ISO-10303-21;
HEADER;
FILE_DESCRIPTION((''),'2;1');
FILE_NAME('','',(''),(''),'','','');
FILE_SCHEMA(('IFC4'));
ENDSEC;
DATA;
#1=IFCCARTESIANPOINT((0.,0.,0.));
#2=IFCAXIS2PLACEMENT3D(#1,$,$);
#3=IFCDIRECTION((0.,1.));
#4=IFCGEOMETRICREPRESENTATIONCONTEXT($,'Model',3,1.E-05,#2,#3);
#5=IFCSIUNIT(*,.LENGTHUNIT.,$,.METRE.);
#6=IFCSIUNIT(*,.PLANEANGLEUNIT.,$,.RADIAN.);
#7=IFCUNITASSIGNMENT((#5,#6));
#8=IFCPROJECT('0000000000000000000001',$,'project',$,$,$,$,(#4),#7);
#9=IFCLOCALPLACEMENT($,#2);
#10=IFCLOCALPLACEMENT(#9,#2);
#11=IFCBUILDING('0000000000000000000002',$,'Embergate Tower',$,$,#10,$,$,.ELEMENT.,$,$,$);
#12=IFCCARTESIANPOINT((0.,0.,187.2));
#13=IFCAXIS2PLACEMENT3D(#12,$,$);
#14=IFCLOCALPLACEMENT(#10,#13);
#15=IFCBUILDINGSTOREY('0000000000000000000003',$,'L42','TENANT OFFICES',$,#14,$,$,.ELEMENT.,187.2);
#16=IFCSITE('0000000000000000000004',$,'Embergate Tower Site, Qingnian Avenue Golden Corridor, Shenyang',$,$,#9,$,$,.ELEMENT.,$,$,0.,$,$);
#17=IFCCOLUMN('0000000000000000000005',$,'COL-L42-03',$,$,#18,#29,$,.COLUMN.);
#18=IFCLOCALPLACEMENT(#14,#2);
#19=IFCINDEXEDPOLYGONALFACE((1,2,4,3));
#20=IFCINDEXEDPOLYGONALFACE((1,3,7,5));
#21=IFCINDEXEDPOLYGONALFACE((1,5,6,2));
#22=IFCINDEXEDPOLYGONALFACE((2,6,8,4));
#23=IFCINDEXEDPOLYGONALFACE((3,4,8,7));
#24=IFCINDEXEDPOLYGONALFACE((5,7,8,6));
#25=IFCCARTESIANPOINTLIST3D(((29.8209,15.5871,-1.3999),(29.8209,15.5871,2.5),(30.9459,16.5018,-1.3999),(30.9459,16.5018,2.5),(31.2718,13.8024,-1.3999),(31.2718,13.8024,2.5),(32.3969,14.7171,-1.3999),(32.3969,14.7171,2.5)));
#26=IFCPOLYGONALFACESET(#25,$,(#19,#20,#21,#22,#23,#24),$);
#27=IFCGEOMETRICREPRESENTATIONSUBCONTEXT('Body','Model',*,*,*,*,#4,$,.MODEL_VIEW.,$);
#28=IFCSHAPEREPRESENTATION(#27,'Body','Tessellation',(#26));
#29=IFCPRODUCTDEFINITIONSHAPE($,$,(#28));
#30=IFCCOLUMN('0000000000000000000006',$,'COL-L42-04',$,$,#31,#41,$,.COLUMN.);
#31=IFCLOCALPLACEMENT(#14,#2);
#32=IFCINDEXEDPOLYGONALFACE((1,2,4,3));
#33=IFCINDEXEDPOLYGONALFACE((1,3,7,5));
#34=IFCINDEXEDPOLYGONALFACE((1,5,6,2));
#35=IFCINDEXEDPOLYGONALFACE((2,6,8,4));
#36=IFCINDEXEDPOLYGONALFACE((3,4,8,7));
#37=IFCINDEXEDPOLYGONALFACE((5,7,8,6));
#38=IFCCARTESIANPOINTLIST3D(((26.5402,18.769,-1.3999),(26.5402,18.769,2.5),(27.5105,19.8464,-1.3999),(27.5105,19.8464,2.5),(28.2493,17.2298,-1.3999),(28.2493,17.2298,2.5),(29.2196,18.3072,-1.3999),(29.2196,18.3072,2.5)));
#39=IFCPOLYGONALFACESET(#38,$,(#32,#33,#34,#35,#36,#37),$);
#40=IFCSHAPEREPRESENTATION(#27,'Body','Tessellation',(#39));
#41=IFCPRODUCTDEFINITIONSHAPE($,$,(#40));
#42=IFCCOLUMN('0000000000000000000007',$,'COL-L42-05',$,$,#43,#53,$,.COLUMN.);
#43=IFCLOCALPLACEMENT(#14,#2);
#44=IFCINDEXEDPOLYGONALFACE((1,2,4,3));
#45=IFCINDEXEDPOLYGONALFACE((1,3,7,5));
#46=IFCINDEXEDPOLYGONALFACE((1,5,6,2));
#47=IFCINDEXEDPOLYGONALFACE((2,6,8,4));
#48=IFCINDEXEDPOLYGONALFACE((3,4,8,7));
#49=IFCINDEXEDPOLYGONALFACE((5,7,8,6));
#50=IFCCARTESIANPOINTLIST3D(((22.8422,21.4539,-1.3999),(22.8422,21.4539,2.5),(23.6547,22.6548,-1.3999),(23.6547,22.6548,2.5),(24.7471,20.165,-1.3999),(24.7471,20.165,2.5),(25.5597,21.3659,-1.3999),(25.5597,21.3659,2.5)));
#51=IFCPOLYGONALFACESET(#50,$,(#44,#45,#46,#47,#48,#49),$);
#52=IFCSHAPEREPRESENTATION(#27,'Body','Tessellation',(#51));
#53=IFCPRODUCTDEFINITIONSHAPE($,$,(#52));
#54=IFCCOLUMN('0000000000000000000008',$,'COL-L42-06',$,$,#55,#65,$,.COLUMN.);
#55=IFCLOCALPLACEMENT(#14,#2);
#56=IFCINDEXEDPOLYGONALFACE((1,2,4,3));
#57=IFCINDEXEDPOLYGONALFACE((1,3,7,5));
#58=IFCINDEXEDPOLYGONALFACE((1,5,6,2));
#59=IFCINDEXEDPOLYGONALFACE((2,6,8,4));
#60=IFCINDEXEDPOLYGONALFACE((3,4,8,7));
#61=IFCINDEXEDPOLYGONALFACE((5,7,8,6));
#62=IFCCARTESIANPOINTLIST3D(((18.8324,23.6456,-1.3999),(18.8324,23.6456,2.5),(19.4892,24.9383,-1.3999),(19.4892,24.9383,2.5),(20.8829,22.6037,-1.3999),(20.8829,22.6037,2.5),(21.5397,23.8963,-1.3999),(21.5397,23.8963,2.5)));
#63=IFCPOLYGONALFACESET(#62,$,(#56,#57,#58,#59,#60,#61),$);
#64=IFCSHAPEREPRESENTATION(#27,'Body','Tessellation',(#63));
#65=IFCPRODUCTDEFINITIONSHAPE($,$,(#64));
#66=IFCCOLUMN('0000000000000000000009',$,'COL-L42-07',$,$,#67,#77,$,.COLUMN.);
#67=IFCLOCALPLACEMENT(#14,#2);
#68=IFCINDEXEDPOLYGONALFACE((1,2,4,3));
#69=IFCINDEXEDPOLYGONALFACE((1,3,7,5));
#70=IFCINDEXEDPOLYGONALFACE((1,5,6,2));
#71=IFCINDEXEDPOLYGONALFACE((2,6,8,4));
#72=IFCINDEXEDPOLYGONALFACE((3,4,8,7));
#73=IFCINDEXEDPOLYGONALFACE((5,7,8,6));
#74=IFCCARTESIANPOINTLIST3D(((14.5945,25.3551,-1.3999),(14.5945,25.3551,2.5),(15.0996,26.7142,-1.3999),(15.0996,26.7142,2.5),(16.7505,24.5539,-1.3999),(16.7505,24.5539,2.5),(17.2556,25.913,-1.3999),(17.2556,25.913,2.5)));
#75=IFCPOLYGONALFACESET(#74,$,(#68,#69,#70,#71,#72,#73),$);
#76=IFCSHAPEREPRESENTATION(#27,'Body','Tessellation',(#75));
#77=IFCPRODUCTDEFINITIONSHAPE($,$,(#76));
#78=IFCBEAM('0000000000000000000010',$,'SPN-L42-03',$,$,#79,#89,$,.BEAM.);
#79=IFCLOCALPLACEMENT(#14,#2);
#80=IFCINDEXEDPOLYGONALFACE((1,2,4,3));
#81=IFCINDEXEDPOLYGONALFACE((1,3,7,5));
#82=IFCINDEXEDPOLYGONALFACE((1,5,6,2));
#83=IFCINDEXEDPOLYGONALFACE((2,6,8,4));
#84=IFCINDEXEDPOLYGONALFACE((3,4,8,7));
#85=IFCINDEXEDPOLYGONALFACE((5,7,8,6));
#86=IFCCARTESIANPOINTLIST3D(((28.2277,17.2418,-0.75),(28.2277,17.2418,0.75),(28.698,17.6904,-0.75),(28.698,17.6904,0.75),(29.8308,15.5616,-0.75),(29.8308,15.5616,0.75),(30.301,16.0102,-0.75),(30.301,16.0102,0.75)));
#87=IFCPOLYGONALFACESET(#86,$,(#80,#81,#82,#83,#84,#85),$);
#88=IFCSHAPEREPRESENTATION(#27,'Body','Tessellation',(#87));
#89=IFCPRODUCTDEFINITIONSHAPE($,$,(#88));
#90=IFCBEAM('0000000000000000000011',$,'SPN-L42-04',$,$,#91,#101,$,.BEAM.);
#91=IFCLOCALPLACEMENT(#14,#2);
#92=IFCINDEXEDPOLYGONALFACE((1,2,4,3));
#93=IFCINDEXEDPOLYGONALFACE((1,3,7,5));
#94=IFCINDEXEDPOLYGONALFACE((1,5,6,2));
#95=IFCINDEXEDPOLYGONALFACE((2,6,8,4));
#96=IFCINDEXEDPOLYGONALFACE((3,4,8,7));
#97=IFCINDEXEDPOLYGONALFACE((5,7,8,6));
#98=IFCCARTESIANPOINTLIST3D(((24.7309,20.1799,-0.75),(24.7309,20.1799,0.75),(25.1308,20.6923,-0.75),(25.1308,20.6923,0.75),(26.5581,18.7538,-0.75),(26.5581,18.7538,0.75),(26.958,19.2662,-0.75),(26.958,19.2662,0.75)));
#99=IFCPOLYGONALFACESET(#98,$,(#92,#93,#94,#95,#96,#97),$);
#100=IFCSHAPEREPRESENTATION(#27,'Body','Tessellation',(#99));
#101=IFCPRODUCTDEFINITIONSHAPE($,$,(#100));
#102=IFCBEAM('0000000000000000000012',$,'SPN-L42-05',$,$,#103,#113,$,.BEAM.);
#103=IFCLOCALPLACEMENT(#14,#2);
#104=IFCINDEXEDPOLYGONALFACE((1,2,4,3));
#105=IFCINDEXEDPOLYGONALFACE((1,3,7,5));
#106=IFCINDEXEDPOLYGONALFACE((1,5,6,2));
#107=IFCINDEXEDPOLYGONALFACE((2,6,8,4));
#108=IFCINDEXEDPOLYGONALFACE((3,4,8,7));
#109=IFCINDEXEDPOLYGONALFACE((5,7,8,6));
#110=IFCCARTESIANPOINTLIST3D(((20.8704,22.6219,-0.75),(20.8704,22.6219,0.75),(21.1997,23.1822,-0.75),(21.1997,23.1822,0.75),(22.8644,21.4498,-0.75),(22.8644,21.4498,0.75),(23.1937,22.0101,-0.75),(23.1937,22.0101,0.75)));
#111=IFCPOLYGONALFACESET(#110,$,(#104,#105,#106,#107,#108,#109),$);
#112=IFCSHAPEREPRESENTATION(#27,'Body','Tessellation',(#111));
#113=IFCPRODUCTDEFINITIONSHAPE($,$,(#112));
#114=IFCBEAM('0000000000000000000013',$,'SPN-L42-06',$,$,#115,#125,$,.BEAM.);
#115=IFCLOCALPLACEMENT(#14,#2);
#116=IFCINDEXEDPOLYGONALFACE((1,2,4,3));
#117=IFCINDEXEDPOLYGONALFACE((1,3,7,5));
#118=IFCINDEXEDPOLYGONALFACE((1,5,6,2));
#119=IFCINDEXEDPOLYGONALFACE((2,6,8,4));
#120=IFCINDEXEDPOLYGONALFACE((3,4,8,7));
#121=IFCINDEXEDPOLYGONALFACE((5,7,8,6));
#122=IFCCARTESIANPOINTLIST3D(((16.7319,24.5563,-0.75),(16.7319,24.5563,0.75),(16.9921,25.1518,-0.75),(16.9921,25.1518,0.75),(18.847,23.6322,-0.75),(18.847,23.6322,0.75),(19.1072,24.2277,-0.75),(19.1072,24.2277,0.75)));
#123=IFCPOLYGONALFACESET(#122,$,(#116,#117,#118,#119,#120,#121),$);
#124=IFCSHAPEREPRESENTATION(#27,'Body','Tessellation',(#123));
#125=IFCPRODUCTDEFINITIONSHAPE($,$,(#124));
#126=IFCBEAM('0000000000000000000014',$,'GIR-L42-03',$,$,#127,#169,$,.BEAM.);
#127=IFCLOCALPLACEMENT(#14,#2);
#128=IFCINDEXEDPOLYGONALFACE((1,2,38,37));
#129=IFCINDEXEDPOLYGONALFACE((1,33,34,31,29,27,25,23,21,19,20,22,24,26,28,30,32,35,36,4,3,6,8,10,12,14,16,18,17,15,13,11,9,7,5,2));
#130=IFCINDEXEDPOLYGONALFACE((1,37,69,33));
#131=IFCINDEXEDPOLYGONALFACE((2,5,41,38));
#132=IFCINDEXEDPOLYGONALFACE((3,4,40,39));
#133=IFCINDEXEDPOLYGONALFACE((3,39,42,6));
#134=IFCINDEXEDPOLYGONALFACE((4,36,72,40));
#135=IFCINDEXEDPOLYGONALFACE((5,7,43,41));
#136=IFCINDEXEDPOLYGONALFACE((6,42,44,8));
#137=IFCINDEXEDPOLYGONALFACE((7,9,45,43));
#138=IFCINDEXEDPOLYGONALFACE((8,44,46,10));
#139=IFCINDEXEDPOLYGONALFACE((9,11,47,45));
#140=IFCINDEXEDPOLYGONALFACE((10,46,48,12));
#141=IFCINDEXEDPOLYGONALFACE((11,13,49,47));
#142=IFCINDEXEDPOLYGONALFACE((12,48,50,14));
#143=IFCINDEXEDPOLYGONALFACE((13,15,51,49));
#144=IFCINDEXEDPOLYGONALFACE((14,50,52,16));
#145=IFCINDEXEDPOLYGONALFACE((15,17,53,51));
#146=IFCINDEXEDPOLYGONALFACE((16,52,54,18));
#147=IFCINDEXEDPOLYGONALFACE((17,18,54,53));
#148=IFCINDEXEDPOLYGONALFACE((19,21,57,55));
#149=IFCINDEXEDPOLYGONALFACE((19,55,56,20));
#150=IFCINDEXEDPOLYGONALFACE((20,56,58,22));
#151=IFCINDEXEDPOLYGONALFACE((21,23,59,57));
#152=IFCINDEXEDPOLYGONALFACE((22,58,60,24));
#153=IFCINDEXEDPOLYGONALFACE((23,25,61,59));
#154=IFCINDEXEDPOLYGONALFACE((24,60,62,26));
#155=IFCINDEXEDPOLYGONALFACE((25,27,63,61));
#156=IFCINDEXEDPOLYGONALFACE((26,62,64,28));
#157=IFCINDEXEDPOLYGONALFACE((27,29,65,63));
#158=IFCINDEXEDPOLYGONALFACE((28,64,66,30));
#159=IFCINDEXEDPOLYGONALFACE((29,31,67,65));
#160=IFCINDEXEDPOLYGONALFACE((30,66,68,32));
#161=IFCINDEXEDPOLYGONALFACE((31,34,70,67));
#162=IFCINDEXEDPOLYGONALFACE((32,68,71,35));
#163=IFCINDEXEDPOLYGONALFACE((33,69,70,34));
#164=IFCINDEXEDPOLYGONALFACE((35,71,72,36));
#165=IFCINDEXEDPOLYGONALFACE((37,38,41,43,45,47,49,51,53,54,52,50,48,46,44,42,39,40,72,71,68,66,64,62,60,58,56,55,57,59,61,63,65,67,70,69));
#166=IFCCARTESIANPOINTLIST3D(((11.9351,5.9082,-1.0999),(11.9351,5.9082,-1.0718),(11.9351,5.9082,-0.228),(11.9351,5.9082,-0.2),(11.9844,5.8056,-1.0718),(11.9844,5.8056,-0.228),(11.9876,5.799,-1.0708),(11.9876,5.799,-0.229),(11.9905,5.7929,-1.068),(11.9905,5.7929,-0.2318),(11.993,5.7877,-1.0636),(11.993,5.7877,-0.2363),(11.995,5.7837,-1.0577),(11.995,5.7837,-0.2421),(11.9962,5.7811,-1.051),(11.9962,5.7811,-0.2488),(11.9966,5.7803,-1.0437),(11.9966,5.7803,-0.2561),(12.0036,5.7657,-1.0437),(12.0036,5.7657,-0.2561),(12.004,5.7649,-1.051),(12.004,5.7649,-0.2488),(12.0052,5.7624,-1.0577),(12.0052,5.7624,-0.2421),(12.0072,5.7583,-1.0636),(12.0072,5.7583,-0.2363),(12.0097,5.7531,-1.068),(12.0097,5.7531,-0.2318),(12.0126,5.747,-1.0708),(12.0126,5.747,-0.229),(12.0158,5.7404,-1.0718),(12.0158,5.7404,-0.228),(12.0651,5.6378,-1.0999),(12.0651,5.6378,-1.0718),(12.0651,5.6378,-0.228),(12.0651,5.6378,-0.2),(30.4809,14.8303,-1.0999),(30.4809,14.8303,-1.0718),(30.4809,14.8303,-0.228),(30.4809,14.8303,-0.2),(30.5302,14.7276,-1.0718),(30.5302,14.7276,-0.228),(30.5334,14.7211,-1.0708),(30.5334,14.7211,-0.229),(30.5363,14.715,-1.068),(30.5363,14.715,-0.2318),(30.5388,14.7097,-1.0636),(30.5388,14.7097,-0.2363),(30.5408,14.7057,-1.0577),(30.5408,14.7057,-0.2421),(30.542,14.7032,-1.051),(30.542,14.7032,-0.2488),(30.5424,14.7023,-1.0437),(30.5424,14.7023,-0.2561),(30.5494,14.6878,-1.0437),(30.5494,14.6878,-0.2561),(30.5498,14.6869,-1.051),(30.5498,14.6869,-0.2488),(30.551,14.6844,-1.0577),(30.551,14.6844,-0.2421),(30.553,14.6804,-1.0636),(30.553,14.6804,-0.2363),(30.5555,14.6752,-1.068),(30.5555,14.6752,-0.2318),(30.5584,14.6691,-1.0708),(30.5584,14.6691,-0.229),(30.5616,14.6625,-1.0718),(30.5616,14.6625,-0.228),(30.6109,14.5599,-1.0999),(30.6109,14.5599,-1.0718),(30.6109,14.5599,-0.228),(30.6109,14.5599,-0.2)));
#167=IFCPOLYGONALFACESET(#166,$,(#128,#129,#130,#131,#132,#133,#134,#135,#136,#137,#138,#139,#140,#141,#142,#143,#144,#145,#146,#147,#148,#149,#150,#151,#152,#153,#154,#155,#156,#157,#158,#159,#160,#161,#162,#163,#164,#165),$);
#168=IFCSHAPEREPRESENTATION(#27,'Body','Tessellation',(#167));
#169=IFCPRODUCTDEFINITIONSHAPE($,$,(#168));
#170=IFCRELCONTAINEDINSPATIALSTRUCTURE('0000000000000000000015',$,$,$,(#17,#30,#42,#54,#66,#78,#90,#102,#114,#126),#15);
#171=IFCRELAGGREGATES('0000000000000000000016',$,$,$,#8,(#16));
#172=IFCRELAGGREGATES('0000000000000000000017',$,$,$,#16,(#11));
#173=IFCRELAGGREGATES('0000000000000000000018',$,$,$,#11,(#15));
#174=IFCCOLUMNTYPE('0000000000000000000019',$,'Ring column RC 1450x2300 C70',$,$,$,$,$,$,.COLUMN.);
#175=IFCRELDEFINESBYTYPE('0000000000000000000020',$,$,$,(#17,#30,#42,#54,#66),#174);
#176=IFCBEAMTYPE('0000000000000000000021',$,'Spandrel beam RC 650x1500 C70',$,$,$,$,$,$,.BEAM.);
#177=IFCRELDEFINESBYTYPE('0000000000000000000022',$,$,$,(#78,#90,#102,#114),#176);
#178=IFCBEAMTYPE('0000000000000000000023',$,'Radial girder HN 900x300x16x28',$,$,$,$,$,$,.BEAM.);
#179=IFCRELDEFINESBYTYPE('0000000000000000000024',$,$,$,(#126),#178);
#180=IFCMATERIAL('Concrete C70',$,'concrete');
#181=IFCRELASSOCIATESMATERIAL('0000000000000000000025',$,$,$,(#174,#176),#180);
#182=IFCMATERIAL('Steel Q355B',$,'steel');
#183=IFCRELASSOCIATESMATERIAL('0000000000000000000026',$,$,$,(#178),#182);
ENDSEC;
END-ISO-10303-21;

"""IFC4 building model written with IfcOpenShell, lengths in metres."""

from ifc_helpers import new_model, si_unit, direction, frame, origin, origin_2d, place, context, subcontext, project, spatial, rectangle, i_section, extrude, source, transform, mapped, material, material_profile, profile_set, type_object, element, save


model = new_model("IFC4")

# Units and contexts
model_context = context("Model", 3, precision=1e-05, world=origin(), true_north=direction((0.0, 1.0)))
body_context = subcontext(model_context, "Body", "Model", "MODEL_VIEW")
ifc_project = project(units=[si_unit("LENGTHUNIT", "METRE"), si_unit("PLANEANGLEUNIT", "RADIAN")], contexts=[model_context])

# Site, building, storey
site_placement = place(None, origin())
site = spatial("IfcSite", under=ifc_project, at=site_placement, Name="Embergate Tower Site, Qingnian Avenue Golden Corridor, Shenyang", CompositionType="ELEMENT", RefElevation=0.0)
building_placement = place(site_placement, origin())
building = spatial("IfcBuilding", under=site, at=building_placement, Name="Embergate Tower", CompositionType="ELEMENT")
storey_placement = place(building_placement, frame((0.0, 0.0, 187.2)))
storey = spatial("IfcBuildingStorey", under=building, at=storey_placement, Name="L42", Description="TENANT OFFICES", CompositionType="ELEMENT", Elevation=187.2)

# Columns
ifc_material_1 = material(Name="Concrete C70", Category="concrete")
ifc_material_profile_1 = material_profile(ifc_material_1, rectangle(XDim=1.45, YDim=2.3, at=origin_2d()), Name="RC 1450x2300")
ifc_profile_set_1 = profile_set([ifc_material_profile_1], Name="Concrete C70")
column_type = type_object("IfcColumnType", Name="Ring column RC 1450x2300 C70", PredefinedType="COLUMN", material=ifc_profile_set_1)
shared_shape_1 = source(origin(), body_context, "Body", "SweptSolid", [
    extrude(rectangle(XDim=1.45, YDim=2.3, at=origin_2d()), origin(), (0.0, 0.0, 1.0), 3.8999),
])
for number, where, z_axis, x_axis, name in (
    (1, (31.1089, 15.1521, -1.3999), (0.0, 0.0, 1.0), (0.775925, 0.630825, 0.0), "COL-L42-03"),
    (2, (27.8799, 18.5381, -1.3999), (0.0, 0.0, 1.0), (0.669208, 0.743075, 0.0), "COL-L42-04"),
    (3, (24.2009, 21.4099, -1.3999), (0.0, 0.0, 1.0), (0.560393, 0.828227, 0.0), "COL-L42-05"),
    (4, (20.186, 23.771, -1.3999), (0.0, 0.0, 1.0), (0.453011, 0.891505, 0.0), "COL-L42-06"),
    (5, (15.925, 25.634, -1.3999), (0.0, 0.0, 1.0), (0.348343, 0.937367, 0.0), "COL-L42-07"),
):
    element("IfcColumn", number, at=place(storey_placement, frame(where, z_axis=z_axis, x_axis=x_axis)), inside=storey, type_object=column_type, Name=name, PredefinedType="COLUMN", context=body_context, shape_type="MappedRepresentation", body=[
        mapped(shared_shape_1, transform((0.0, 0.0, 0.0))),
    ])

# Beams
ifc_material_profile_2 = material_profile(ifc_material_1, rectangle(XDim=0.6499, YDim=1.5, at=origin_2d()), Name="RC 650x1500")
ifc_profile_set_2 = profile_set([ifc_material_profile_2], Name="Concrete C70")
beam_type_1 = type_object("IfcBeamType", Name="Spandrel beam RC 650x1500 C70", PredefinedType="BEAM", material=ifc_profile_set_2)
shared_shape_2 = source(origin(), body_context, "Body", "SweptSolid", [
    extrude(rectangle(XDim=0.6499, YDim=1.5, at=origin_2d()), origin(), (0.0, 0.0, 1.0), 2.3223),
])
beam_1_placement = place(storey_placement, frame((30.0659, 15.7859, 0.0), z_axis=(-0.690301, 0.723523, 0.0), x_axis=(-0.723523, -0.690301, 0.0)))
element("IfcBeam", 6, at=beam_1_placement, inside=storey, type_object=beam_type_1, Name="SPN-L42-03", PredefinedType="BEAM", context=body_context, shape_type="MappedRepresentation", body=[
    mapped(shared_shape_2, transform((0.0, 0.0, 0.0))),
])
shared_shape_3 = source(origin(), body_context, "Body", "SweptSolid", [
    extrude(rectangle(XDim=0.6499, YDim=1.5, at=origin_2d()), origin(), (0.0, 0.0, 1.0), 2.3179),
])
beam_2_placement = place(storey_placement, frame((26.7581, 19.01, 0.0), z_axis=(-0.788325, 0.61526, 0.0), x_axis=(-0.61526, -0.788325, 0.0)))
element("IfcBeam", 7, at=beam_2_placement, inside=storey, type_object=beam_type_1, Name="SPN-L42-04", PredefinedType="BEAM", context=body_context, shape_type="MappedRepresentation", body=[
    mapped(shared_shape_3, transform((0.0, 0.0, 0.0))),
])
shared_shape_4 = source(origin(), body_context, "Body", "SweptSolid", [
    extrude(rectangle(XDim=0.6499, YDim=1.5, at=origin_2d()), origin(), (0.0, 0.0, 1.0), 2.313),
])
beam_3_placement = place(storey_placement, frame((23.0291, 21.73, 0.0), z_axis=(-0.862105, 0.50673, 0.0), x_axis=(-0.50673, -0.862105, 0.0)))
element("IfcBeam", 8, at=beam_3_placement, inside=storey, type_object=beam_type_1, Name="SPN-L42-05", PredefinedType="BEAM", context=body_context, shape_type="MappedRepresentation", body=[
    mapped(shared_shape_4, transform((0.0, 0.0, 0.0))),
])
shared_shape_5 = source(origin(), body_context, "Body", "SweptSolid", [
    extrude(rectangle(XDim=0.6499, YDim=1.5, at=origin_2d()), origin(), (0.0, 0.0, 1.0), 2.3081),
])
beam_4_placement = place(storey_placement, frame((18.9771, 23.9299, 0.0), z_axis=(-0.916354, 0.400369, 0.0), x_axis=(-0.400369, -0.916354, 0.0)))
element("IfcBeam", 9, at=beam_4_placement, inside=storey, type_object=beam_type_1, Name="SPN-L42-06", PredefinedType="BEAM", context=body_context, shape_type="MappedRepresentation", body=[
    mapped(shared_shape_5, transform((0.0, 0.0, 0.0))),
])
ifc_material_2 = material(Name="Steel Q355B", Category="steel")
ifc_material_profile_3 = material_profile(ifc_material_2, i_section(OverallWidth=0.3, OverallDepth=0.8999, WebThickness=0.0161, FlangeThickness=0.0281, FilletRadius=0.0281, at=origin_2d()), Name="HN 900x300x16x28")
ifc_profile_set_3 = profile_set([ifc_material_profile_3], Name="Steel Q355 grade B")
beam_type_2 = type_object("IfcBeamType", Name="Radial girder HN 900x300x16x28", PredefinedType="BEAM", material=ifc_profile_set_3)
shared_shape_6 = source(origin(), body_context, "Body", "SweptSolid", [
    extrude(i_section(OverallWidth=0.3, OverallDepth=0.8999, WebThickness=0.0161, FlangeThickness=0.0281, FilletRadius=0.0281, at=origin_2d()), origin(), (0.0, 0.0, 1.0), 20.5803),
])
beam_5_placement = place(storey_placement, frame((30.5459, 14.6951, -0.6499), z_axis=(-0.901142, -0.433524, 0.0), x_axis=(0.433524, -0.901142, 0.0)))
element("IfcBeam", 10, at=beam_5_placement, inside=storey, type_object=beam_type_2, Name="GIR-L42-03", PredefinedType="BEAM", context=body_context, shape_type="MappedRepresentation", body=[
    mapped(shared_shape_6, transform((0.0, 0.0, 0.0))),
])

save(model, "model.ifc")
